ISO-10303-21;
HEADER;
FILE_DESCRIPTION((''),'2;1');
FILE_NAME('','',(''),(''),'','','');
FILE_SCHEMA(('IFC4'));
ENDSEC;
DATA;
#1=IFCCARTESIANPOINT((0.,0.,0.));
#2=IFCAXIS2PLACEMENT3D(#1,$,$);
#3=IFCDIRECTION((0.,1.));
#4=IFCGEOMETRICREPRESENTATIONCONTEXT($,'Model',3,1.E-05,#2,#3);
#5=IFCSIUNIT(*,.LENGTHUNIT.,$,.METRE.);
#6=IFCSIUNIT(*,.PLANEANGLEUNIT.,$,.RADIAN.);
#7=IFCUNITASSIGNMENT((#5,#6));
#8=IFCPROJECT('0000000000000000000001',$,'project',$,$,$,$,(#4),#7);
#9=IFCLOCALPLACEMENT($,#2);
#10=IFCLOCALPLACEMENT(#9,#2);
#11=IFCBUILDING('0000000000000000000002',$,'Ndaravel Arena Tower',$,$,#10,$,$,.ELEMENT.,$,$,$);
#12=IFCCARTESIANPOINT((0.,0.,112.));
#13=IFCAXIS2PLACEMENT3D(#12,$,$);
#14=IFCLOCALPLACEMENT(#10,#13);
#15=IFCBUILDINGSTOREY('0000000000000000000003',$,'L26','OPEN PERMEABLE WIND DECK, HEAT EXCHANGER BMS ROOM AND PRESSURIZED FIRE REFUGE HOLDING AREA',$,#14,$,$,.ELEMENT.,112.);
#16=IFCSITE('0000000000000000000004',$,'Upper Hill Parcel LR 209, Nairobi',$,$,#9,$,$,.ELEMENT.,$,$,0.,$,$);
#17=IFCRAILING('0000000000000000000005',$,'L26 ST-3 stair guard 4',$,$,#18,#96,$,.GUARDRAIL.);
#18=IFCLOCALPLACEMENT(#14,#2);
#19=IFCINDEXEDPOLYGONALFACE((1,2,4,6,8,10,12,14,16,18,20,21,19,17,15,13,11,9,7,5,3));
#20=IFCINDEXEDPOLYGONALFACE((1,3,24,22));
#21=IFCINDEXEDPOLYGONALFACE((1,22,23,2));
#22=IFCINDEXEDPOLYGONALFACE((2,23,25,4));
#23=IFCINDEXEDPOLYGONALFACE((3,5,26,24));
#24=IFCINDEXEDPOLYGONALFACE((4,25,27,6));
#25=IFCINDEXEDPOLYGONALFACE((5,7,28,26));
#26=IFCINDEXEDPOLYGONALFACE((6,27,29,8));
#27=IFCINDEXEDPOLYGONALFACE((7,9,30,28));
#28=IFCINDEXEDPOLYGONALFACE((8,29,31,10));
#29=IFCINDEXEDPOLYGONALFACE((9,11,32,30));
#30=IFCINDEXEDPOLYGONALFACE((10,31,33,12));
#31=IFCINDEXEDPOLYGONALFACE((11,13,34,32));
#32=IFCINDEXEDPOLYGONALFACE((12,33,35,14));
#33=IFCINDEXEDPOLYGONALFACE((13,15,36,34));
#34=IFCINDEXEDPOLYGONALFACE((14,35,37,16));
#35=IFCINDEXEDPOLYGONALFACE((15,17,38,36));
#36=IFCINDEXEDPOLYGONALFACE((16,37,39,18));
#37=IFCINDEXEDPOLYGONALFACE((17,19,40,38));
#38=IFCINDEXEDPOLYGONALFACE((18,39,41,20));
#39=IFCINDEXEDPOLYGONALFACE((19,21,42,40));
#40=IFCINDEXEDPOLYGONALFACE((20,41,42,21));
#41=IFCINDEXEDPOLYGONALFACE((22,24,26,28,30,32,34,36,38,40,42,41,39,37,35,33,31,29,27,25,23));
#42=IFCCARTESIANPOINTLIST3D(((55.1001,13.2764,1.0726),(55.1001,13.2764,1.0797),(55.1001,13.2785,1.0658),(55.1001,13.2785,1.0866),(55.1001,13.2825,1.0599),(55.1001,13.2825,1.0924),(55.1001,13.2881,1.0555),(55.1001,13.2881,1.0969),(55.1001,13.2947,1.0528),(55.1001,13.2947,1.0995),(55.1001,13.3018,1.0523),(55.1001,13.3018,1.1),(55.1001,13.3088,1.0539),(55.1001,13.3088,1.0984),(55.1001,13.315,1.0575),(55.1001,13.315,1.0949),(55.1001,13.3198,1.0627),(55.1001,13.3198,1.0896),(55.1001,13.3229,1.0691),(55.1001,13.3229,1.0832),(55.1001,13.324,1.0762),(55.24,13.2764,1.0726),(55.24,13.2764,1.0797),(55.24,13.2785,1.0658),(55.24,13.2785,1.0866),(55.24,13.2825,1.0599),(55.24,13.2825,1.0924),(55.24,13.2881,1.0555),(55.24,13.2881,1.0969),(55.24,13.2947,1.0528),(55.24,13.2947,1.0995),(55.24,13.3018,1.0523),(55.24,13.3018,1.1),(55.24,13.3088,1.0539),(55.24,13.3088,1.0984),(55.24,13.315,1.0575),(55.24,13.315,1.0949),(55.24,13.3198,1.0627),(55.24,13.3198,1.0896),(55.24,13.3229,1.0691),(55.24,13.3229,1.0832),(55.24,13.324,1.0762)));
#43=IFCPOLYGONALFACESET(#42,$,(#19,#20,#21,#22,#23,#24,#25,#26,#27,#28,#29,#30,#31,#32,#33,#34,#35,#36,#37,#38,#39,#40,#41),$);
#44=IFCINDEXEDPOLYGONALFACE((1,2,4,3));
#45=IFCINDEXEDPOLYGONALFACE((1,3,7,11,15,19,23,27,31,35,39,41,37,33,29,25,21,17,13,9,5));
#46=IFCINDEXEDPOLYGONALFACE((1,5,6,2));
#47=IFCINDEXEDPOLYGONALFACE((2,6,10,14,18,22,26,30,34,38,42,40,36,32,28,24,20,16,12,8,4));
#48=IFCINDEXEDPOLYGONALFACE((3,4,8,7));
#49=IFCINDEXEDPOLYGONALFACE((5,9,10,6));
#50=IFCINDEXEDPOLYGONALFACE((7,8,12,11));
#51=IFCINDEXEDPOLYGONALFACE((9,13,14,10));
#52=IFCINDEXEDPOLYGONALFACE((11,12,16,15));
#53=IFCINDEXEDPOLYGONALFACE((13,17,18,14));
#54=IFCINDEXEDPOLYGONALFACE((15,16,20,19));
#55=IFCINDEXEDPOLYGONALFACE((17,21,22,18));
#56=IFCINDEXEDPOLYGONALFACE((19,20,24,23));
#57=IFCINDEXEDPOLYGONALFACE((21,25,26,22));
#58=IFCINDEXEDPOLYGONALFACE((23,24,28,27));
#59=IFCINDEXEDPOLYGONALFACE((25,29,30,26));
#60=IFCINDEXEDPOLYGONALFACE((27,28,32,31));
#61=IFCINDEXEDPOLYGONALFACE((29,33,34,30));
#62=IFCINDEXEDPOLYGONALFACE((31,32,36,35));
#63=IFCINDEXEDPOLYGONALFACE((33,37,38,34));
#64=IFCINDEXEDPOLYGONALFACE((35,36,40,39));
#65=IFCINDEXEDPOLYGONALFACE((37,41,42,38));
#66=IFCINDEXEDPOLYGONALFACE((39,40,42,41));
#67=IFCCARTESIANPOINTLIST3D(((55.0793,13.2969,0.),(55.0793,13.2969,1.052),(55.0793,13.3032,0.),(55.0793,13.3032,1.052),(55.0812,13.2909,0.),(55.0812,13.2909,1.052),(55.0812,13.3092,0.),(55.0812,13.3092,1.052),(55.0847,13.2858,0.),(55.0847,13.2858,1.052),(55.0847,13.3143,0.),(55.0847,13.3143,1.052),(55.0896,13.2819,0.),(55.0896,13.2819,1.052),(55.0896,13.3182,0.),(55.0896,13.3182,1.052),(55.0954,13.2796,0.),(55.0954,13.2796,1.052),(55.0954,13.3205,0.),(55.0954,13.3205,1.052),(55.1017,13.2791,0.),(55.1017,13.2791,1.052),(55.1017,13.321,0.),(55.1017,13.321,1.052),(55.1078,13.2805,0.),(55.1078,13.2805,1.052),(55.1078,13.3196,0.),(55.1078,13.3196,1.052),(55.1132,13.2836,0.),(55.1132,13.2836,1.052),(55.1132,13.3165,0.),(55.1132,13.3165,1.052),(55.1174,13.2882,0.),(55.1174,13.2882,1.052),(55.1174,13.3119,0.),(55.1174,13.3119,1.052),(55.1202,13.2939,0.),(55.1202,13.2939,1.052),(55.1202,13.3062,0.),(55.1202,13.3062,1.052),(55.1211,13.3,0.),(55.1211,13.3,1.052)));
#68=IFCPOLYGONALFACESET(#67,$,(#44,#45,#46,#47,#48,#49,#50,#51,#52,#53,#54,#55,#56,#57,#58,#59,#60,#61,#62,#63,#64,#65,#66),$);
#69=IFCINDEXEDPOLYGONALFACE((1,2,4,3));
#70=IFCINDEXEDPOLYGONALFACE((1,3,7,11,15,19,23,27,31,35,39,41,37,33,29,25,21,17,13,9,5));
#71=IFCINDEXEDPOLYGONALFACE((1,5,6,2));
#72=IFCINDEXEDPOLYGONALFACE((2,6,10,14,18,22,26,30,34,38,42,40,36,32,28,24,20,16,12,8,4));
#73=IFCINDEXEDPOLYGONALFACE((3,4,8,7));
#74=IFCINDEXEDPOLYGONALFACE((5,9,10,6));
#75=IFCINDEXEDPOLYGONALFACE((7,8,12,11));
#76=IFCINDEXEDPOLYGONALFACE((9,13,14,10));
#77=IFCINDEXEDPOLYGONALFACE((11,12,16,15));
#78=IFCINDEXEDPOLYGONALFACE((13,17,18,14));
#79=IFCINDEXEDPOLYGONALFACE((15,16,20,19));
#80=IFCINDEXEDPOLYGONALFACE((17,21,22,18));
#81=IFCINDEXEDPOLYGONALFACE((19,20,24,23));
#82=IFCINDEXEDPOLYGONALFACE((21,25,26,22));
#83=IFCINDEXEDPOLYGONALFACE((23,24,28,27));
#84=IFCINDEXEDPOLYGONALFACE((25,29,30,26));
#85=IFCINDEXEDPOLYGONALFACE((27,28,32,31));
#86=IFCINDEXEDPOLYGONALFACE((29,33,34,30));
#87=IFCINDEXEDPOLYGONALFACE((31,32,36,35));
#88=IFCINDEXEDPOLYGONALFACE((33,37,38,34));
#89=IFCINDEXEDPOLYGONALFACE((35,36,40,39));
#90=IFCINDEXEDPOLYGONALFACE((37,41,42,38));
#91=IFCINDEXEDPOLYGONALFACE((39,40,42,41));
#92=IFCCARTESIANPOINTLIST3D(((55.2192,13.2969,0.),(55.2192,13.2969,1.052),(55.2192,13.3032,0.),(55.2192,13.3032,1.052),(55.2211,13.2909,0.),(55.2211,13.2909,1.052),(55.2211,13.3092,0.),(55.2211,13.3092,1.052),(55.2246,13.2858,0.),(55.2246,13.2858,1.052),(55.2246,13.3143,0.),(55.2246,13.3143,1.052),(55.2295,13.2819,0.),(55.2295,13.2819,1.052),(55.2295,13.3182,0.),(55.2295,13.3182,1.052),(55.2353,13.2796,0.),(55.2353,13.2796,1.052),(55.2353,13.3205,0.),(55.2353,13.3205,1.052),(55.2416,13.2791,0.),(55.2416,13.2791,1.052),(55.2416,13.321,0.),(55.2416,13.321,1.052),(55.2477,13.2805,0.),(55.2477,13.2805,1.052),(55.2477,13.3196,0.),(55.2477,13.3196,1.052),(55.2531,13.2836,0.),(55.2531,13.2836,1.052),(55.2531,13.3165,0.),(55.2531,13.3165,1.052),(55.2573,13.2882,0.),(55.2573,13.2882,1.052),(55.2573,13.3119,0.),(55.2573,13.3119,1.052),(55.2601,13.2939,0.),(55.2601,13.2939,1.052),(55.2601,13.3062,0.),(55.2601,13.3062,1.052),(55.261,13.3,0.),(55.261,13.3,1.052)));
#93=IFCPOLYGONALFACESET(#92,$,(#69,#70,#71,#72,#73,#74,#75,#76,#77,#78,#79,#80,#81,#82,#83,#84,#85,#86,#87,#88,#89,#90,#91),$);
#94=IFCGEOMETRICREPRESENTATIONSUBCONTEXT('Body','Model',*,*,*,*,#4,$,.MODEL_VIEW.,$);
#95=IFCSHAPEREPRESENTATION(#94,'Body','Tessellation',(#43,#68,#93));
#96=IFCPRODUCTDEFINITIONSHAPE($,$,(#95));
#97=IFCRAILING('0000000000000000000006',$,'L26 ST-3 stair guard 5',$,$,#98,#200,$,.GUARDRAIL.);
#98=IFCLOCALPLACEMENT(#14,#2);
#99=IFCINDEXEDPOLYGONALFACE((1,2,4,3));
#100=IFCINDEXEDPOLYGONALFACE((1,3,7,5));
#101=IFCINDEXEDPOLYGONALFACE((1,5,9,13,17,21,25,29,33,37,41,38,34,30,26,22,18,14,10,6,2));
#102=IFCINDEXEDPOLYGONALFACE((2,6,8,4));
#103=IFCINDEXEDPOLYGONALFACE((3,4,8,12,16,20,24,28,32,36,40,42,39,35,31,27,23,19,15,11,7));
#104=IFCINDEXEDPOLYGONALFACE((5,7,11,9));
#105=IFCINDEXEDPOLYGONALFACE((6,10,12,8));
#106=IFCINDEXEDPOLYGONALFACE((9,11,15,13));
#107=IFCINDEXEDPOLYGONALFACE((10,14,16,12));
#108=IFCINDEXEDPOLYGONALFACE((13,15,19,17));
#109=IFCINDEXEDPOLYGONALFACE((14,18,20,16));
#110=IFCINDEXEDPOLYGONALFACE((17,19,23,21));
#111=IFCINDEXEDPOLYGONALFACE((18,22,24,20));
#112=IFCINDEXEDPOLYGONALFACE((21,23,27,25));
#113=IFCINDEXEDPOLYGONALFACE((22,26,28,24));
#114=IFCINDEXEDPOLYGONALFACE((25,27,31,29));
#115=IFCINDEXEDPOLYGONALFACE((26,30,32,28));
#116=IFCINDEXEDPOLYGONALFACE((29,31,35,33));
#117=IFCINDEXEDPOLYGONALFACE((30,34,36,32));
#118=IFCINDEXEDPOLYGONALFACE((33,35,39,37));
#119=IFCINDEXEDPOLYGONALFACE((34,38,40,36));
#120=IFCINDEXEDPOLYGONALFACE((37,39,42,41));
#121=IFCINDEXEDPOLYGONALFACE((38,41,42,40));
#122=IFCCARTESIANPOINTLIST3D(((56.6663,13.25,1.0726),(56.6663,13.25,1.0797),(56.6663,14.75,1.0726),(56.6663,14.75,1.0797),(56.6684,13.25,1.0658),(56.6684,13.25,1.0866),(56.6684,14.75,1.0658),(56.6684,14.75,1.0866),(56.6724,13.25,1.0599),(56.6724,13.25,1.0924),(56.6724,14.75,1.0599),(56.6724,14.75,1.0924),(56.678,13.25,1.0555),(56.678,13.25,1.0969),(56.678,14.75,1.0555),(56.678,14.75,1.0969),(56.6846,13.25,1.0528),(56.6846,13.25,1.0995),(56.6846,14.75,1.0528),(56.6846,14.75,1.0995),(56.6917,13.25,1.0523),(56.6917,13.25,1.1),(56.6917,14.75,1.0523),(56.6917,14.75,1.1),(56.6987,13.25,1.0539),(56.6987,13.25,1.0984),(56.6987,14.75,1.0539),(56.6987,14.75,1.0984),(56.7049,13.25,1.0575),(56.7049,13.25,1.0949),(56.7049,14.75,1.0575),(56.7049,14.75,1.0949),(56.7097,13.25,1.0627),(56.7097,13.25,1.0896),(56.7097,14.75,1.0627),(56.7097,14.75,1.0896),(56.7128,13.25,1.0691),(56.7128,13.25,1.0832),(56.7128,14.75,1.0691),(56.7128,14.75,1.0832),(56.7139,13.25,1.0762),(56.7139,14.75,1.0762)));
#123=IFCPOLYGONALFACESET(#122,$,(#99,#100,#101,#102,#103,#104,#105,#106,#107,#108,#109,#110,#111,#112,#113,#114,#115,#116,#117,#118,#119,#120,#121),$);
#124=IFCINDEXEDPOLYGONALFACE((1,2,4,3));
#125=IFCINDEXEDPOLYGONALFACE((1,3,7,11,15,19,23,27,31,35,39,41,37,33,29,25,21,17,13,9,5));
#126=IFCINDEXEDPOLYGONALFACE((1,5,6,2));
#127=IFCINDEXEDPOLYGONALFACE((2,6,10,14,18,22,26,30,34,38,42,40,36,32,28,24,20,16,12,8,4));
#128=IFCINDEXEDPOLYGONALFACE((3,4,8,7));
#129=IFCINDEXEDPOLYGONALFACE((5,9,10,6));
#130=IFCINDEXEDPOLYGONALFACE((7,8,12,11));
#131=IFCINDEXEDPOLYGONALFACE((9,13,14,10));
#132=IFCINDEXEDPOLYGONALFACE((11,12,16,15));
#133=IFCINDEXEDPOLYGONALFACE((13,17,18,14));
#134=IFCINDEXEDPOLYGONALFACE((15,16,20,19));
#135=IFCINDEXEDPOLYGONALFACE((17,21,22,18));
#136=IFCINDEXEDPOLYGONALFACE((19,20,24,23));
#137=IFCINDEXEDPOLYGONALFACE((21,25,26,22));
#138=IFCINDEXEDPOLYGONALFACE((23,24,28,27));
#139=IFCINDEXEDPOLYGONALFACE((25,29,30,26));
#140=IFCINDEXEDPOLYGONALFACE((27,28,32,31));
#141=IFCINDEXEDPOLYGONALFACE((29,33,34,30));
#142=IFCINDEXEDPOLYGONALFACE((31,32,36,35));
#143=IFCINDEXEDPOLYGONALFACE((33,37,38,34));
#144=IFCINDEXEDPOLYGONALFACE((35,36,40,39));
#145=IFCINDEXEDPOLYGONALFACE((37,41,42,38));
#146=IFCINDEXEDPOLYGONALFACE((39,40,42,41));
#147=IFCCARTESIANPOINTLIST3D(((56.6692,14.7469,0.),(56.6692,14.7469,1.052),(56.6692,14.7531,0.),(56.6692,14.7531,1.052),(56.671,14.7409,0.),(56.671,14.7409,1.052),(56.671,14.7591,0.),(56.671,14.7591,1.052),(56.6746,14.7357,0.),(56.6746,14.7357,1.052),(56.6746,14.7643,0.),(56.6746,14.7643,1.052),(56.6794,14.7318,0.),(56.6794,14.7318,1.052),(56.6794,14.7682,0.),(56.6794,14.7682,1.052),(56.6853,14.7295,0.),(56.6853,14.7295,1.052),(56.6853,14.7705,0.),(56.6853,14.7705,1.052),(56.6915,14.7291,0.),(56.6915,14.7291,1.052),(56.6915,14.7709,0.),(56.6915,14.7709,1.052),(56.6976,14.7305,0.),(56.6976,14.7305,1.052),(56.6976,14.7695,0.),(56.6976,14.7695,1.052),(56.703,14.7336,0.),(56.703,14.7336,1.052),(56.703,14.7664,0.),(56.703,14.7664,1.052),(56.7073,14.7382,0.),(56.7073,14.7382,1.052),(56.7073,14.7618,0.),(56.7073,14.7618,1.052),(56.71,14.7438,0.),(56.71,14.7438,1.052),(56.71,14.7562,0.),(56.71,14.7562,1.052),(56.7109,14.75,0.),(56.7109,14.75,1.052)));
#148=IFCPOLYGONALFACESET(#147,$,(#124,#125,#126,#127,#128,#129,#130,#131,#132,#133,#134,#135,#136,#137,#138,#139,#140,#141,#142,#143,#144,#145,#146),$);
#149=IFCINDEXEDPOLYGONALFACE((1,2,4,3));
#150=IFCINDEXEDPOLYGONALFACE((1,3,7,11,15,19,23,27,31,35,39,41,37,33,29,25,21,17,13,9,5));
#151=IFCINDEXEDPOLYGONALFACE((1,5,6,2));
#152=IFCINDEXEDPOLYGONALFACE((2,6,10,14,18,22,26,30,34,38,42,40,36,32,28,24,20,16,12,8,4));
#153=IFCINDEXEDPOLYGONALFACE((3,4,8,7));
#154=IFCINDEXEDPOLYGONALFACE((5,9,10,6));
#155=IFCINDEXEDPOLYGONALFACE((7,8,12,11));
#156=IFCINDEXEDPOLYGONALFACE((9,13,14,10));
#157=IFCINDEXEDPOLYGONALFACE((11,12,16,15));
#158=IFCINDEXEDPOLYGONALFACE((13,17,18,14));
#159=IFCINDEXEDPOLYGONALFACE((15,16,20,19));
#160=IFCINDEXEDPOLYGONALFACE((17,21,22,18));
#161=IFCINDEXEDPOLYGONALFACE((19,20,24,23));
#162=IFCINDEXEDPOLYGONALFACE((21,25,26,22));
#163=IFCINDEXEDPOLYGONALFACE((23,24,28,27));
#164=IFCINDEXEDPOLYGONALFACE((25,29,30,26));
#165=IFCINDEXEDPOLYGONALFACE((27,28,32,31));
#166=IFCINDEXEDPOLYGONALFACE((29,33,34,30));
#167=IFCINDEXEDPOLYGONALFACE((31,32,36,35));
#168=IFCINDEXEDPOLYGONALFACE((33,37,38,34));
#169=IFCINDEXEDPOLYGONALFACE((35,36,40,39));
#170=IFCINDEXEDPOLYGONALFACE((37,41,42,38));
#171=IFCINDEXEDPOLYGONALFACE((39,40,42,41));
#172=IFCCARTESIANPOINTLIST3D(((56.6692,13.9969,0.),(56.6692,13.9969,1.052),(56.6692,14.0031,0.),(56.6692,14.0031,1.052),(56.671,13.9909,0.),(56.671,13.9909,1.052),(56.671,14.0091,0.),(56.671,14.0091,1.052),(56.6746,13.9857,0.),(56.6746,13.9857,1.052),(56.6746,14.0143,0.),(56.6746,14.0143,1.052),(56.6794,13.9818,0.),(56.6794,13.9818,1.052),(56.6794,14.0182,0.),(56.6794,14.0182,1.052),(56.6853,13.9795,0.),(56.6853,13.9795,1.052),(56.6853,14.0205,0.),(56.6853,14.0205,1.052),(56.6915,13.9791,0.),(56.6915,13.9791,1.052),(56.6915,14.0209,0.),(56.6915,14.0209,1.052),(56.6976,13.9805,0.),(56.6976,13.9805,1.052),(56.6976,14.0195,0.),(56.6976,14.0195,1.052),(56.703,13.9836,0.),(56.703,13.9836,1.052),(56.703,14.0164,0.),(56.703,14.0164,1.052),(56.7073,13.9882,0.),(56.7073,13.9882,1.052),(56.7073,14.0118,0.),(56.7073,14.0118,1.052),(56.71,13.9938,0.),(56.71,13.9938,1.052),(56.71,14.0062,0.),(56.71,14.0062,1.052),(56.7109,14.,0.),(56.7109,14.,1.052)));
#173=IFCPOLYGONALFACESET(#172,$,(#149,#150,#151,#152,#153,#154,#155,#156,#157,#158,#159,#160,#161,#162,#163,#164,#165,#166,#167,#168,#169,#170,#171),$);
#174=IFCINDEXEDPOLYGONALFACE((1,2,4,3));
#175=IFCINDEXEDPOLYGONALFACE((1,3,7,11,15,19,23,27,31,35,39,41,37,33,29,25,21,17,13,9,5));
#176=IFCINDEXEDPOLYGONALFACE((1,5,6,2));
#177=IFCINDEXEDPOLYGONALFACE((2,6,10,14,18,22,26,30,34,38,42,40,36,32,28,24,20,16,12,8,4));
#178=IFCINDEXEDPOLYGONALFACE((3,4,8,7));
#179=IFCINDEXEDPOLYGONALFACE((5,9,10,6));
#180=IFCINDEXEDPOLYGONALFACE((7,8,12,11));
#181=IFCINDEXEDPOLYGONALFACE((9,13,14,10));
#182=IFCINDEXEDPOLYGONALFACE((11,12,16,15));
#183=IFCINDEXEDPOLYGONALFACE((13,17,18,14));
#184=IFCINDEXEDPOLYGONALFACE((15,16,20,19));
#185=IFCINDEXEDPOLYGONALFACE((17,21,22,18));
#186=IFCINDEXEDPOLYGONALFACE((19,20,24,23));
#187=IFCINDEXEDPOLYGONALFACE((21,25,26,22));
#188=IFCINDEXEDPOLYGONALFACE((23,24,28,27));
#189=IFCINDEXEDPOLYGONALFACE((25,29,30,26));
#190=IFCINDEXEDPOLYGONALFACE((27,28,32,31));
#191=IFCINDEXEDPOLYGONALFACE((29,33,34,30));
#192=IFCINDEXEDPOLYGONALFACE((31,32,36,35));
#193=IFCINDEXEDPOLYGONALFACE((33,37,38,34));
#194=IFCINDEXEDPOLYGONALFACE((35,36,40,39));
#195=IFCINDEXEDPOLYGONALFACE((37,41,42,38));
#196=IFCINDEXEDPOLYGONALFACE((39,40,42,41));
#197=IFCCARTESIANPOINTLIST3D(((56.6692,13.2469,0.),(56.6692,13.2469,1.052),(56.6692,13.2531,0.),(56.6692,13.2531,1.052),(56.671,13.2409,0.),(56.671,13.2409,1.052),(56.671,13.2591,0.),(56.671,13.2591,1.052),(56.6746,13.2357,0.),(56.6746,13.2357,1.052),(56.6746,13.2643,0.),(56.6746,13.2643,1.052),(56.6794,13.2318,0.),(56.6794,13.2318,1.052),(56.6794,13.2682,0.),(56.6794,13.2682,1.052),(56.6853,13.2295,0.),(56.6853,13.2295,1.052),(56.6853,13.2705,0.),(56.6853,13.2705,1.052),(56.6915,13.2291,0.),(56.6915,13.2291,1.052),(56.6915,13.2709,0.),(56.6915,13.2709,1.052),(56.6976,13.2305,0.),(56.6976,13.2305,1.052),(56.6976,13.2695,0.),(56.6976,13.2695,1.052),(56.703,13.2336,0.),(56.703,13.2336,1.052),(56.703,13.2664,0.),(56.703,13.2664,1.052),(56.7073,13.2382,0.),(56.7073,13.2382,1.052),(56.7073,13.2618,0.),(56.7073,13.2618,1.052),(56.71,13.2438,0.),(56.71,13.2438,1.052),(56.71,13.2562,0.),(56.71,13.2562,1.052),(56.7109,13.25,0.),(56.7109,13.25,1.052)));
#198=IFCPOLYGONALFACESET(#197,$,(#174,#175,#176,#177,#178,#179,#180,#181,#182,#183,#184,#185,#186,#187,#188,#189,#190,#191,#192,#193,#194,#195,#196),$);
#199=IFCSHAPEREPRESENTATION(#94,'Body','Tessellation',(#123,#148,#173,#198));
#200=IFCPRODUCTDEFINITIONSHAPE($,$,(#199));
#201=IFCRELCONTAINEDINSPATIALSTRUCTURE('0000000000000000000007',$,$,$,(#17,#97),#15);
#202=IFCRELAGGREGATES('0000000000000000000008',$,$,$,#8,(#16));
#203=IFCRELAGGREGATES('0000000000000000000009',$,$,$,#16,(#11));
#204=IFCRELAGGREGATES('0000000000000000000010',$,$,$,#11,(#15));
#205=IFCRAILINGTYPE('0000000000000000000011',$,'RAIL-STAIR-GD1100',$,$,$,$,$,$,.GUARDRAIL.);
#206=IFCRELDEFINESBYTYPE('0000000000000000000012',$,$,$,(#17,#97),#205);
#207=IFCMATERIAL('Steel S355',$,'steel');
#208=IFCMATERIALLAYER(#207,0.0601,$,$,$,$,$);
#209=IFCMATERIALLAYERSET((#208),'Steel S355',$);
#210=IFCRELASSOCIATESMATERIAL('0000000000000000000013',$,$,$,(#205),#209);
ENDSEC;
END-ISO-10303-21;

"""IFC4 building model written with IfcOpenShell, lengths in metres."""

from ifc_helpers import new_model, si_unit, direction, frame, origin, origin_2d, place, context, subcontext, project, spatial, circle, extrude, material, layer, layer_set, type_object, element, save


model = new_model("IFC4")

# Units and contexts
model_context = context("Model", 3, precision=1e-05, world=origin(), true_north=direction((0.0, 1.0)))
body_context = subcontext(model_context, "Body", "Model", "MODEL_VIEW")
ifc_project = project(units=[si_unit("LENGTHUNIT", "METRE"), si_unit("PLANEANGLEUNIT", "RADIAN")], contexts=[model_context])

# Site, building, storey
site_placement = place(None, origin())
site = spatial("IfcSite", under=ifc_project, at=site_placement, Name="Upper Hill Parcel LR 209, Nairobi", CompositionType="ELEMENT", RefElevation=0.0)
building_placement = place(site_placement, origin())
building = spatial("IfcBuilding", under=site, at=building_placement, Name="Ndaravel Arena Tower", CompositionType="ELEMENT")
storey_placement = place(building_placement, frame((0.0, 0.0, 112.0)))
storey = spatial("IfcBuildingStorey", under=building, at=storey_placement, Name="L26", Description="OPEN PERMEABLE WIND DECK, HEAT EXCHANGER BMS ROOM AND PRESSURIZED FIRE REFUGE HOLDING AREA", CompositionType="ELEMENT", Elevation=112.0)

# Railings
ifc_material_1 = material(Name="Steel S355", Category="steel")
ifc_layer_1 = layer(ifc_material_1, 0.0601)
ifc_layer_set_1 = layer_set([ifc_layer_1], Name="Steel S355")
railing_type_1 = type_object("IfcRailingType", Name="RAIL-STAIR-GD1100", PredefinedType="GUARDRAIL", material=ifc_layer_set_1)
railing_1_placement = place(storey_placement, frame((55.1001, 13.3, 0.0)))
element("IfcRailing", 1, at=railing_1_placement, inside=storey, type_object=railing_type_1, Name="L26 ST-3 stair guard 4", PredefinedType="GUARDRAIL", context=body_context, shape_type="SweptSolid", body=[
    extrude(circle(Radius=0.0239, at=origin_2d()), frame((0.0, 0.0, 1.0762), z_axis=(1.0, 0.0, 0.0), x_axis=(0.0, 1.0, 0.0)), (0.0, 0.0, 1.0), 0.1399),
    extrude(circle(Radius=0.021, at=origin_2d()), origin(), (0.0, 0.0, 1.0), 1.052),
    extrude(circle(Radius=0.021, at=origin_2d()), frame((0.1399, 0.0, 0.0)), (0.0, 0.0, 1.0), 1.052),
])
railing_2_placement = place(storey_placement, frame((56.6899, 14.75, 0.0)))
element("IfcRailing", 2, at=railing_2_placement, inside=storey, type_object=railing_type_1, Name="L26 ST-3 stair guard 5", PredefinedType="GUARDRAIL", context=body_context, shape_type="SweptSolid", body=[
    extrude(circle(Radius=0.0239, at=origin_2d()), frame((0.0, 0.0, 1.0762), z_axis=(0.0, -1.0, 0.0), x_axis=(1.0, 0.0, 0.0)), (0.0, 0.0, 1.0), 1.5),
    extrude(circle(Radius=0.021, at=origin_2d()), origin(), (0.0, 0.0, 1.0), 1.052),
    extrude(circle(Radius=0.021, at=origin_2d()), frame((0.0, -0.75, 0.0)), (0.0, 0.0, 1.0), 1.052),
    extrude(circle(Radius=0.021, at=origin_2d()), frame((0.0, -1.5, 0.0)), (0.0, 0.0, 1.0), 1.052),
])

save(model, "model.ifc")
